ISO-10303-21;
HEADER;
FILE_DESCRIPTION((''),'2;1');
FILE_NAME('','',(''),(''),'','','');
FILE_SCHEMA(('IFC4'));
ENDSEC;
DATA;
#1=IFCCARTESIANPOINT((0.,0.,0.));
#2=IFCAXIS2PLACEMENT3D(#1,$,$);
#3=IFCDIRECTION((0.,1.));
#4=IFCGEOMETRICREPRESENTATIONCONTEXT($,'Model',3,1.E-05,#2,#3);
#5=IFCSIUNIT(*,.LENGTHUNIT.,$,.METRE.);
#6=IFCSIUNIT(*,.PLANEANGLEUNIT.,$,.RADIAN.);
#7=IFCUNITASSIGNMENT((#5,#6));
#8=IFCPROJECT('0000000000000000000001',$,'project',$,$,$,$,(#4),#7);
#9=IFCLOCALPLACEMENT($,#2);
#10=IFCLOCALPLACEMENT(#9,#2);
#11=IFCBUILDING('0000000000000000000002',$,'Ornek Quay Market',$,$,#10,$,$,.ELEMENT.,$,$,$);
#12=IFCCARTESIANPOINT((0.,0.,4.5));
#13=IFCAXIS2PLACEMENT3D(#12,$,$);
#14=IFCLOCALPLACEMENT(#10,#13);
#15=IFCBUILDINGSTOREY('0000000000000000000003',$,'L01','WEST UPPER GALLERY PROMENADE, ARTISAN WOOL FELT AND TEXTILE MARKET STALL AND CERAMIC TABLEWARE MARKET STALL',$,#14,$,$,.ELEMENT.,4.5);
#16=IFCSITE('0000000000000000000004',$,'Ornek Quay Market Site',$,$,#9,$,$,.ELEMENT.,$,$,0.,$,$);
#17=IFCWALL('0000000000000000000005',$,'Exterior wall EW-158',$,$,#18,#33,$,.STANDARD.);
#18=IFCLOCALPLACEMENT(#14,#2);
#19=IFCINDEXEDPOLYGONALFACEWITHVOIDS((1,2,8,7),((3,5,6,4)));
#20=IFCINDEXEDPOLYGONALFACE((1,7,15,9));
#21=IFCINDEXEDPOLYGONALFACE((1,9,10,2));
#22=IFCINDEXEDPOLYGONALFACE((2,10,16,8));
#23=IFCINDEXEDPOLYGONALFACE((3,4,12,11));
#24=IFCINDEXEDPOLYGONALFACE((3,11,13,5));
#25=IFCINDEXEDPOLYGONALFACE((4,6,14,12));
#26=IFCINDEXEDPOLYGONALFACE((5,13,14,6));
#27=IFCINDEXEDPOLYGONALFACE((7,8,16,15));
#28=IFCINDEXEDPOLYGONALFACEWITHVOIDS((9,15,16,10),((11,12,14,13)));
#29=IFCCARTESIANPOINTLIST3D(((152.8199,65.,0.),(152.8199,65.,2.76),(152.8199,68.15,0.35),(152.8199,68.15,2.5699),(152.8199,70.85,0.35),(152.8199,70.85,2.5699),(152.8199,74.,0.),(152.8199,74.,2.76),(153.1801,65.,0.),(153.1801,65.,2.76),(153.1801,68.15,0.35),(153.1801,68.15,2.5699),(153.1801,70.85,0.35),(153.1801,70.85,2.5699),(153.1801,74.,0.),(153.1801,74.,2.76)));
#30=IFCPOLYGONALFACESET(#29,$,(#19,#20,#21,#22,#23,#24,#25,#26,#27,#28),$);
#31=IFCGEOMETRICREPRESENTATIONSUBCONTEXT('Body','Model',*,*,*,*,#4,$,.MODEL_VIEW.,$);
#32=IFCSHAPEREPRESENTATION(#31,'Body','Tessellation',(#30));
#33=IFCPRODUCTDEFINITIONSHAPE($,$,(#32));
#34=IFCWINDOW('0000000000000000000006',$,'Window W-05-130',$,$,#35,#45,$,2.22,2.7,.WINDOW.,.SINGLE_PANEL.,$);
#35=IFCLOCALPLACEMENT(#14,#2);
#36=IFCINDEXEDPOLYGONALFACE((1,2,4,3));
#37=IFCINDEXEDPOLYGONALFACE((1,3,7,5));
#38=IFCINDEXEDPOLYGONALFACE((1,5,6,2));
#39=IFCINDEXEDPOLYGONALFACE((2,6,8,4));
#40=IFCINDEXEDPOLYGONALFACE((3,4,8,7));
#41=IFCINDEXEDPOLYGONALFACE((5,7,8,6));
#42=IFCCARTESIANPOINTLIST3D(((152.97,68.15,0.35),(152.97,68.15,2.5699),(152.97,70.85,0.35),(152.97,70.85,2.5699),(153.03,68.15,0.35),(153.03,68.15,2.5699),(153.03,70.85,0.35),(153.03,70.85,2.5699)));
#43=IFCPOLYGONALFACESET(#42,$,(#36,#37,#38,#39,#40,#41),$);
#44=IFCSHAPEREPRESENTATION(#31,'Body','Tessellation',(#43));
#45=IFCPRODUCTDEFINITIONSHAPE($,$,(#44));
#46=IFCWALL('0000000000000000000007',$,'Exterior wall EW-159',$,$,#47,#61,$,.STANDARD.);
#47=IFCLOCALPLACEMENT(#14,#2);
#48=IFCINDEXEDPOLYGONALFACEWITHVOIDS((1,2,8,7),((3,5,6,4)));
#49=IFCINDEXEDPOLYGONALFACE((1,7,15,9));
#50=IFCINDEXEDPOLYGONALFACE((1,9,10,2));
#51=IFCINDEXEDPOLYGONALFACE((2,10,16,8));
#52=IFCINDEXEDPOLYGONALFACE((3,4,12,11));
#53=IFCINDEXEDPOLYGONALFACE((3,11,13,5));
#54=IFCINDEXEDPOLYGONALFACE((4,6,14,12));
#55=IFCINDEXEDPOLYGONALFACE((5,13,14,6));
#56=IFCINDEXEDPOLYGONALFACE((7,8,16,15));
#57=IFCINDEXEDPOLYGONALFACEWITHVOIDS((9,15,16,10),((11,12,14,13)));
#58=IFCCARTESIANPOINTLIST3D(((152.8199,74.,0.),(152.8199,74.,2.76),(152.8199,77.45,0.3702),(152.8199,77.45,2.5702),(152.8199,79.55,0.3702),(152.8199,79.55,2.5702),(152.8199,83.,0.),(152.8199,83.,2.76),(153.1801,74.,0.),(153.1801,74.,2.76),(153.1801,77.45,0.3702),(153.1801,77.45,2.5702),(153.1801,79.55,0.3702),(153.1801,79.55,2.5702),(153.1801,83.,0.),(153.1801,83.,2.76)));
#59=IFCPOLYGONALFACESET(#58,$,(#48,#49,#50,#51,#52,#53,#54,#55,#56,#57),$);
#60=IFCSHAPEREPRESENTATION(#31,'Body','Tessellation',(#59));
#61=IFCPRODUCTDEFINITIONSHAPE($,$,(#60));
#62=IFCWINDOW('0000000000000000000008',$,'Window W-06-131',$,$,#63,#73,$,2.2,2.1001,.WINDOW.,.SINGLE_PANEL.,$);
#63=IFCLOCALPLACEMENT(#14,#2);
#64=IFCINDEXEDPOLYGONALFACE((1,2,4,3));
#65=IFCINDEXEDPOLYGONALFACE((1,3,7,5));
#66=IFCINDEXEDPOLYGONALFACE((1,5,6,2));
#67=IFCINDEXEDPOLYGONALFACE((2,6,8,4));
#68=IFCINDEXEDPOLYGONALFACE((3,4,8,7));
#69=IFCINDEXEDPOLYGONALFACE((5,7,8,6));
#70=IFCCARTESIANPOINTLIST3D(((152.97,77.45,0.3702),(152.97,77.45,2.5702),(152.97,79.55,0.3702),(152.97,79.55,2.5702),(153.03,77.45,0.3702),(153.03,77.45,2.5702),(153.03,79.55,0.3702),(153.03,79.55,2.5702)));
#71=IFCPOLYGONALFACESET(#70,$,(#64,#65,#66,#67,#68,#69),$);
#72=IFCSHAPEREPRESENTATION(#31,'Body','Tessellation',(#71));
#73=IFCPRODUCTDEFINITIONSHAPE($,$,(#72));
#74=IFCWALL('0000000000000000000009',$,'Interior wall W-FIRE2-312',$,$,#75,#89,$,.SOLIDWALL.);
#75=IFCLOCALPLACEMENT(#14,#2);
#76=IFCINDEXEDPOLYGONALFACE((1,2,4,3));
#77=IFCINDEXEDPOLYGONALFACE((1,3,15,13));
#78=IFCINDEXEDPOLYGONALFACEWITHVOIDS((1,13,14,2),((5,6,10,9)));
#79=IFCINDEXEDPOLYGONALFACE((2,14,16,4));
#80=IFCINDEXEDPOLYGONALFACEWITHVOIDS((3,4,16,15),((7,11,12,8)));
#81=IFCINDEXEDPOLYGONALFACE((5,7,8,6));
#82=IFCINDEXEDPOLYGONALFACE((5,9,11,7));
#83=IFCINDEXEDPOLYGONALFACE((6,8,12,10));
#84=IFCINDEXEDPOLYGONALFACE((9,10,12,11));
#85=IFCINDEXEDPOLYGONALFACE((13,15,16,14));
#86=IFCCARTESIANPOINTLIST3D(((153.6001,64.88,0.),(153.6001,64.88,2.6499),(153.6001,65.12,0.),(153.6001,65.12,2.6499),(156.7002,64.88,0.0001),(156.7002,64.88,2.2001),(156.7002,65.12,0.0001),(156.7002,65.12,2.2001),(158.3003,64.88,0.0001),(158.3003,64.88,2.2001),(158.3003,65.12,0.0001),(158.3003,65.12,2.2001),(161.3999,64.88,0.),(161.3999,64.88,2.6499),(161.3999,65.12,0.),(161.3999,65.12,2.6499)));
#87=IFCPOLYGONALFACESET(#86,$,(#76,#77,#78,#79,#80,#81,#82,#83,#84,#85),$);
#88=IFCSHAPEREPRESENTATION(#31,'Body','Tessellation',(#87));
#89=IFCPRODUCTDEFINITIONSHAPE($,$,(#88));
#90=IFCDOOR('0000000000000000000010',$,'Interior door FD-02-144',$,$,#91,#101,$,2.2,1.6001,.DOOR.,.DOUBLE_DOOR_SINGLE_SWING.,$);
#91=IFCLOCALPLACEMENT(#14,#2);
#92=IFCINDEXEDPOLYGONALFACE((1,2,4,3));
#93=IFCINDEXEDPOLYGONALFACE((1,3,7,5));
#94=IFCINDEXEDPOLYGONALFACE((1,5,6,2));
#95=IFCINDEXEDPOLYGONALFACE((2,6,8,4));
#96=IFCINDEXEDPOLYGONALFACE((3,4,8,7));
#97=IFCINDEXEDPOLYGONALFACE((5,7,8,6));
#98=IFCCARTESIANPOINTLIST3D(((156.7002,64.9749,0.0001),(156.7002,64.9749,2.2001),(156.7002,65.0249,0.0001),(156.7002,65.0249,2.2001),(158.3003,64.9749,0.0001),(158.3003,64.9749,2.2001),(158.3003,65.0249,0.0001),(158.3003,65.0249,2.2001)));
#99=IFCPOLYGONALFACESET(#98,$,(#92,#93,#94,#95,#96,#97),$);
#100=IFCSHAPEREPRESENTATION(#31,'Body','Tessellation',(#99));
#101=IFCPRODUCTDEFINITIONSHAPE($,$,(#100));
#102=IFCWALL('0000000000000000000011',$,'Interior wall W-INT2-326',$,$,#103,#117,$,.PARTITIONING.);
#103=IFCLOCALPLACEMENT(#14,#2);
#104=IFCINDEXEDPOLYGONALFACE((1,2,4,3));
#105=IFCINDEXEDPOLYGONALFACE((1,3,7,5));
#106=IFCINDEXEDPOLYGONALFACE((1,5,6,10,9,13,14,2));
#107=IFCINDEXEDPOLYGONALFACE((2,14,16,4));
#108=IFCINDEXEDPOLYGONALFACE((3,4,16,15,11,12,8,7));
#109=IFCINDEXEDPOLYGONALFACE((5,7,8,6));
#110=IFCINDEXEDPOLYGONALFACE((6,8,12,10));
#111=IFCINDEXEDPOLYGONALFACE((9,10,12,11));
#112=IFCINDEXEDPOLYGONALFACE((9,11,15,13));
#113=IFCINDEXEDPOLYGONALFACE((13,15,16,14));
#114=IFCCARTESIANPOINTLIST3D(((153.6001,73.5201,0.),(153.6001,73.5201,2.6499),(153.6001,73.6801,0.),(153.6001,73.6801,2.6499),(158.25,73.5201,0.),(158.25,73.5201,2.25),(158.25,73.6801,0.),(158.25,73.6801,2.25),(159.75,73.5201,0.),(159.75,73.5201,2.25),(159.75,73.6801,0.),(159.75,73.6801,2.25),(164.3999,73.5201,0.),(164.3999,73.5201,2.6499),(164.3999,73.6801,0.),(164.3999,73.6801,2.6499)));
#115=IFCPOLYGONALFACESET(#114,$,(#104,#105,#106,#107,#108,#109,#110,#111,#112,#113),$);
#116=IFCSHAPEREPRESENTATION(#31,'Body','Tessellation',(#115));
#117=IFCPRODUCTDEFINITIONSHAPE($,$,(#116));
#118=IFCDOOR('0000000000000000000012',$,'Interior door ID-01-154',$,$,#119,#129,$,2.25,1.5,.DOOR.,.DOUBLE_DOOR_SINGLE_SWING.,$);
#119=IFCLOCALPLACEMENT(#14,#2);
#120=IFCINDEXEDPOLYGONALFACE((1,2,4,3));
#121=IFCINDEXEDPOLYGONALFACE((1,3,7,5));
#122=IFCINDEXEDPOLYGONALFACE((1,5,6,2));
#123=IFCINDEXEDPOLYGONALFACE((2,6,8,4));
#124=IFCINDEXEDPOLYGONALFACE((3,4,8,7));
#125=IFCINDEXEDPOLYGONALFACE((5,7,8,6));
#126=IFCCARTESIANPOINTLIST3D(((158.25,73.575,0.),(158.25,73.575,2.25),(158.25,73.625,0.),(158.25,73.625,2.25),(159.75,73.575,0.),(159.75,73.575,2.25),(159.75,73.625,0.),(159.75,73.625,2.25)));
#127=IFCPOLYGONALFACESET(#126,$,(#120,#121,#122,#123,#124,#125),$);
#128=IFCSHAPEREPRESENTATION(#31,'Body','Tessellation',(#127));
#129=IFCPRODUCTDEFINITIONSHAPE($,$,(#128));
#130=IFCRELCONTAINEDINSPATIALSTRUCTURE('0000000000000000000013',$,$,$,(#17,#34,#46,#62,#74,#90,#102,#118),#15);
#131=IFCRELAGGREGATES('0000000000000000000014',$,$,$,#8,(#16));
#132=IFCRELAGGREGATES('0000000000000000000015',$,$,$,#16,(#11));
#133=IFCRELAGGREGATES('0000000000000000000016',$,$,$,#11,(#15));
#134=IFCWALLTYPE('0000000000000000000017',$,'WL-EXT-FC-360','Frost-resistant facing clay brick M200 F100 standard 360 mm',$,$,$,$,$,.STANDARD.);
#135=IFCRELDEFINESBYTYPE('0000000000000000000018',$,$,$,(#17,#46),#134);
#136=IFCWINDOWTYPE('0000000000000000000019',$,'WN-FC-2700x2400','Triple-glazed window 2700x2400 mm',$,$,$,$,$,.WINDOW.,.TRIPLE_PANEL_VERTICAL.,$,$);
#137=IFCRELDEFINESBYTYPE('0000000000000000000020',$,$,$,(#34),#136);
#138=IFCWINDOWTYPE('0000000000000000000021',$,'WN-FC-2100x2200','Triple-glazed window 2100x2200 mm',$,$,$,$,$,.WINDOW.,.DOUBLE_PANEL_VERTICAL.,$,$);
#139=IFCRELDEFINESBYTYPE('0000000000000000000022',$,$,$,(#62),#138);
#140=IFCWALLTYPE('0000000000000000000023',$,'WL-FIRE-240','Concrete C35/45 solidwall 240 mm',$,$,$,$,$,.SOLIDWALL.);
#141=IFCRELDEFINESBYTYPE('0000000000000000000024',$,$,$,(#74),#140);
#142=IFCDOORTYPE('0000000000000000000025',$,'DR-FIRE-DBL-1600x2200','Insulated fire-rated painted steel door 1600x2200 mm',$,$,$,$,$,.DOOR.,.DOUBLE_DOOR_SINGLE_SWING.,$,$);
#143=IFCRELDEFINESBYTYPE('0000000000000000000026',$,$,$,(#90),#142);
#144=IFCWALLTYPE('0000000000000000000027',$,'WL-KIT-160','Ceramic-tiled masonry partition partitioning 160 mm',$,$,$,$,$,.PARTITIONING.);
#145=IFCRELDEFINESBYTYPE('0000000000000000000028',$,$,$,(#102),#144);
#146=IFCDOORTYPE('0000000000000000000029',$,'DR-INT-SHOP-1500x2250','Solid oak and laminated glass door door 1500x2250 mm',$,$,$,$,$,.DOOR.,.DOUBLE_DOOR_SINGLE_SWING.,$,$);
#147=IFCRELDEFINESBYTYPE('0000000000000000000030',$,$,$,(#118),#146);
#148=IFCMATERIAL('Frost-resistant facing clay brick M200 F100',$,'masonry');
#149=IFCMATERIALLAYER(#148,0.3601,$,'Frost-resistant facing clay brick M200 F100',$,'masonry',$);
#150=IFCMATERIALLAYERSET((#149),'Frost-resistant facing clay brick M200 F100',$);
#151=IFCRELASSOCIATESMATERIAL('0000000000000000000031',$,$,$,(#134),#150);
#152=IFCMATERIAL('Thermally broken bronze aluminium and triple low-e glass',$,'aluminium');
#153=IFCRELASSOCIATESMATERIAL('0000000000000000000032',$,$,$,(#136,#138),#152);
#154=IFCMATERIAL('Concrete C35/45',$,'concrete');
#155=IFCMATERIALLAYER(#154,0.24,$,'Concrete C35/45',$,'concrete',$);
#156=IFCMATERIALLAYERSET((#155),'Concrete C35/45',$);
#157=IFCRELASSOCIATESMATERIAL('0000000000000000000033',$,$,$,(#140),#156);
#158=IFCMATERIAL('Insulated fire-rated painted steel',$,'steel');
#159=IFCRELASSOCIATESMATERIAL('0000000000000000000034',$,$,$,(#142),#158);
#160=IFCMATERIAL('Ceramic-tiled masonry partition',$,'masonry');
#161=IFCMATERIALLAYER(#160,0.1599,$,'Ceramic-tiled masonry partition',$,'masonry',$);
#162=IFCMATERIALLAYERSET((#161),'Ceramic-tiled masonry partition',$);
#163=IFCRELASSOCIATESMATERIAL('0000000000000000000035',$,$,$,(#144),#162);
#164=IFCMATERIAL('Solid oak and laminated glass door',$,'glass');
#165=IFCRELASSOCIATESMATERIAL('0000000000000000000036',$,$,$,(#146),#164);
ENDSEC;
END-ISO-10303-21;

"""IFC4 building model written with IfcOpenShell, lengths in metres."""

from ifc_helpers import new_model, si_unit, direction, frame, frame_2d, origin, place, context, subcontext, project, spatial, rectangle, extrude, material, layer, layer_set, type_object, element, fill, save


model = new_model("IFC4")

# Units and contexts
model_context = context("Model", 3, precision=1e-05, world=origin(), true_north=direction((0.0, 1.0)))
body_context = subcontext(model_context, "Body", "Model", "MODEL_VIEW")
ifc_project = project(units=[si_unit("LENGTHUNIT", "METRE"), si_unit("PLANEANGLEUNIT", "RADIAN")], contexts=[model_context])

# Site, building, storey
site_placement = place(None, origin())
site = spatial("IfcSite", under=ifc_project, at=site_placement, Name="Ornek Quay Market Site", CompositionType="ELEMENT", RefElevation=0.0)
building_placement = place(site_placement, origin())
building = spatial("IfcBuilding", under=site, at=building_placement, Name="Ornek Quay Market", CompositionType="ELEMENT")
storey_placement = place(building_placement, frame((0.0, 0.0, 4.5)))
storey = spatial("IfcBuildingStorey", under=building, at=storey_placement, Name="L01", Description="WEST UPPER GALLERY PROMENADE, ARTISAN WOOL FELT AND TEXTILE MARKET STALL AND CERAMIC TABLEWARE MARKET STALL", CompositionType="ELEMENT", Elevation=4.5)

# Shared definitions
ifc_material_1 = material(Name="Concrete C35/45", Category="concrete")

# Walls, openings, windows
ifc_material_2 = material(Name="Frost-resistant facing clay brick M200 F100", Category="masonry")
ifc_layer_1 = layer(ifc_material_2, 0.3601, Name="Frost-resistant facing clay brick M200 F100", Category="masonry")
ifc_layer_set_1 = layer_set([ifc_layer_1], Name="Frost-resistant facing clay brick M200 F100")
wall_type_1 = type_object("IfcWallType", Name="WL-EXT-FC-360", Description="Frost-resistant facing clay brick M200 F100 standard 360 mm", PredefinedType="STANDARD", material=ifc_layer_set_1)
wall_1_placement = place(storey_placement, frame((153.0, 65.0, 0.0), z_axis=(0.0, 0.0, 1.0), x_axis=(0.0, 1.0, 0.0)))
wall_1 = element("IfcWall", 1, at=wall_1_placement, inside=storey, type_object=wall_type_1, Name="Exterior wall EW-158", PredefinedType="STANDARD", context=body_context, shape_type="SweptSolid", body=[
    extrude(rectangle(XDim=9.0, YDim=0.3601, at=frame_2d((4.5, 0.0))), origin(), (0.0, 0.0, 1.0), 2.76),
])
opening_1_placement = place(wall_1_placement, frame((3.1499, 0.0, 0.3501)))
opening_1 = element("IfcOpeningElement", 2, at=opening_1_placement, cuts=wall_1, PredefinedType="OPENING", context=body_context, shape_type="SweptSolid", body=[
    extrude(rectangle(XDim=2.7, YDim=2.22, at=frame_2d((1.3501, 1.1099))), frame((0.0, 0.1899, 0.0), z_axis=(0.0, -1.0, 0.0), x_axis=(1.0, 0.0, 0.0)), (0.0, 0.0, 1.0), 0.3801),
])
ifc_material_3 = material(Name="Thermally broken bronze aluminium and triple low-e glass", Category="aluminium")
window_type_1 = type_object("IfcWindowType", Name="WN-FC-2700x2400", Description="Triple-glazed window 2700x2400 mm", PartitioningType="TRIPLE_PANEL_VERTICAL", PredefinedType="WINDOW", material=ifc_material_3)
window_1_placement = place(opening_1_placement, origin())
window_1 = element("IfcWindow", 3, at=window_1_placement, inside=storey, type_object=window_type_1, Name="Window W-05-130", OverallHeight=2.22, OverallWidth=2.7, PartitioningType="SINGLE_PANEL", PredefinedType="WINDOW", context=body_context, shape_type="SweptSolid", body=[
    extrude(rectangle(XDim=2.7, YDim=2.22, at=frame_2d((1.3501, 1.1099))), frame((0.0, 0.03, 0.0), z_axis=(0.0, -1.0, 0.0), x_axis=(1.0, 0.0, 0.0)), (0.0, 0.0, 1.0), 0.0601),
])
fill(opening_1, window_1)
wall_2_placement = place(storey_placement, frame((153.0, 74.0, 0.0), z_axis=(0.0, 0.0, 1.0), x_axis=(0.0, 1.0, 0.0)))
wall_2 = element("IfcWall", 4, at=wall_2_placement, inside=storey, type_object=wall_type_1, Name="Exterior wall EW-159", PredefinedType="STANDARD", context=body_context, shape_type="SweptSolid", body=[
    extrude(rectangle(XDim=9.0, YDim=0.3601, at=frame_2d((4.5, 0.0))), origin(), (0.0, 0.0, 1.0), 2.76),
])
opening_2_placement = place(wall_2_placement, frame((3.45, 0.0, 0.3701)))
opening_2 = element("IfcOpeningElement", 5, at=opening_2_placement, cuts=wall_2, PredefinedType="OPENING", context=body_context, shape_type="SweptSolid", body=[
    extrude(rectangle(XDim=2.1001, YDim=2.2, at=frame_2d((1.05, 1.1001))), frame((0.0, 0.1899, 0.0), z_axis=(0.0, -1.0, 0.0), x_axis=(1.0, 0.0, 0.0)), (0.0, 0.0, 1.0), 0.3801),
])
window_type_2 = type_object("IfcWindowType", Name="WN-FC-2100x2200", Description="Triple-glazed window 2100x2200 mm", PartitioningType="DOUBLE_PANEL_VERTICAL", PredefinedType="WINDOW", material=ifc_material_3)
window_2_placement = place(opening_2_placement, origin())
window_2 = element("IfcWindow", 6, at=window_2_placement, inside=storey, type_object=window_type_2, Name="Window W-06-131", OverallHeight=2.2, OverallWidth=2.1001, PartitioningType="SINGLE_PANEL", PredefinedType="WINDOW", context=body_context, shape_type="SweptSolid", body=[
    extrude(rectangle(XDim=2.1001, YDim=2.2, at=frame_2d((1.05, 1.1001))), frame((0.0, 0.03, 0.0), z_axis=(0.0, -1.0, 0.0), x_axis=(1.0, 0.0, 0.0)), (0.0, 0.0, 1.0), 0.0601),
])
fill(opening_2, window_2)

# Walls, openings, doors
ifc_layer_2 = layer(ifc_material_1, 0.24, Name="Concrete C35/45", Category="concrete")
ifc_layer_set_2 = layer_set([ifc_layer_2], Name="Concrete C35/45")
wall_type_2 = type_object("IfcWallType", Name="WL-FIRE-240", Description="Concrete C35/45 solidwall 240 mm", PredefinedType="SOLIDWALL", material=ifc_layer_set_2)
wall_3_placement = place(storey_placement, frame((153.6001, 65.0, 0.0), z_axis=(0.0, 0.0, 1.0), x_axis=(1.0, 0.0, 0.0)))
wall_3 = element("IfcWall", 7, at=wall_3_placement, inside=storey, type_object=wall_type_2, Name="Interior wall W-FIRE2-312", PredefinedType="SOLIDWALL", context=body_context, shape_type="SweptSolid", body=[
    extrude(rectangle(XDim=7.7998, YDim=0.24, at=frame_2d((3.8999, 0.0))), origin(), (0.0, 0.0, 1.0), 2.6499),
])
opening_3_placement = place(wall_3_placement, frame((3.1001, 0.0, 0.0)))
opening_3 = element("IfcOpeningElement", 8, at=opening_3_placement, cuts=wall_3, PredefinedType="OPENING", context=body_context, shape_type="SweptSolid", body=[
    extrude(rectangle(XDim=1.6001, YDim=2.2, at=frame_2d((0.8, 1.1001))), frame((0.0, 0.1299, 0.0), z_axis=(0.0, -1.0, 0.0), x_axis=(1.0, 0.0, 0.0)), (0.0, 0.0, 1.0), 0.26),
])
ifc_material_4 = material(Name="Insulated fire-rated painted steel", Category="steel")
door_type_1 = type_object("IfcDoorType", Name="DR-FIRE-DBL-1600x2200", Description="Insulated fire-rated painted steel door 1600x2200 mm", OperationType="DOUBLE_DOOR_SINGLE_SWING", PredefinedType="DOOR", material=ifc_material_4)
door_1_placement = place(opening_3_placement, origin())
door_1 = element("IfcDoor", 9, at=door_1_placement, inside=storey, type_object=door_type_1, Name="Interior door FD-02-144", OperationType="DOUBLE_DOOR_SINGLE_SWING", OverallHeight=2.2, OverallWidth=1.6001, PredefinedType="DOOR", context=body_context, shape_type="SweptSolid", body=[
    extrude(rectangle(XDim=1.6001, YDim=2.2, at=frame_2d((0.8, 1.1001))), frame((0.0, 0.0249, 0.0), z_axis=(0.0, -1.0, 0.0), x_axis=(1.0, 0.0, 0.0)), (0.0, 0.0, 1.0), 0.05),
])
fill(opening_3, door_1)
ifc_material_5 = material(Name="Ceramic-tiled masonry partition", Category="masonry")
ifc_layer_3 = layer(ifc_material_5, 0.1599, Name="Ceramic-tiled masonry partition", Category="masonry")
ifc_layer_set_3 = layer_set([ifc_layer_3], Name="Ceramic-tiled masonry partition")
wall_type_3 = type_object("IfcWallType", Name="WL-KIT-160", Description="Ceramic-tiled masonry partition partitioning 160 mm", PredefinedType="PARTITIONING", material=ifc_layer_set_3)
wall_4_placement = place(storey_placement, frame((153.6001, 73.6001, 0.0), z_axis=(0.0, 0.0, 1.0), x_axis=(1.0, 0.0, 0.0)))
wall_4 = element("IfcWall", 10, at=wall_4_placement, inside=storey, type_object=wall_type_3, Name="Interior wall W-INT2-326", PredefinedType="PARTITIONING", context=body_context, shape_type="SweptSolid", body=[
    extrude(rectangle(XDim=10.7998, YDim=0.1599, at=frame_2d((5.3999, 0.0))), origin(), (0.0, 0.0, 1.0), 2.6499),
])
opening_4_placement = place(wall_4_placement, frame((4.6499, 0.0, 0.0)))
opening_4 = element("IfcOpeningElement", 11, at=opening_4_placement, cuts=wall_4, PredefinedType="OPENING", context=body_context, shape_type="SweptSolid", body=[
    extrude(rectangle(XDim=1.5, YDim=2.25, at=frame_2d((0.75, 1.125))), frame((0.0, 0.0898, 0.0), z_axis=(0.0, -1.0, 0.0), x_axis=(1.0, 0.0, 0.0)), (0.0, 0.0, 1.0), 0.1799),
])
ifc_material_6 = material(Name="Solid oak and laminated glass door", Category="glass")
door_type_2 = type_object("IfcDoorType", Name="DR-INT-SHOP-1500x2250", Description="Solid oak and laminated glass door door 1500x2250 mm", OperationType="DOUBLE_DOOR_SINGLE_SWING", PredefinedType="DOOR", material=ifc_material_6)
door_2_placement = place(opening_4_placement, origin())
door_2 = element("IfcDoor", 12, at=door_2_placement, inside=storey, type_object=door_type_2, Name="Interior door ID-01-154", OperationType="DOUBLE_DOOR_SINGLE_SWING", OverallHeight=2.25, OverallWidth=1.5, PredefinedType="DOOR", context=body_context, shape_type="SweptSolid", body=[
    extrude(rectangle(XDim=1.5, YDim=2.25, at=frame_2d((0.75, 1.125))), frame((0.0, 0.0249, 0.0), z_axis=(0.0, -1.0, 0.0), x_axis=(1.0, 0.0, 0.0)), (0.0, 0.0, 1.0), 0.05),
])
fill(opening_4, door_2)

save(model, "model.ifc")
